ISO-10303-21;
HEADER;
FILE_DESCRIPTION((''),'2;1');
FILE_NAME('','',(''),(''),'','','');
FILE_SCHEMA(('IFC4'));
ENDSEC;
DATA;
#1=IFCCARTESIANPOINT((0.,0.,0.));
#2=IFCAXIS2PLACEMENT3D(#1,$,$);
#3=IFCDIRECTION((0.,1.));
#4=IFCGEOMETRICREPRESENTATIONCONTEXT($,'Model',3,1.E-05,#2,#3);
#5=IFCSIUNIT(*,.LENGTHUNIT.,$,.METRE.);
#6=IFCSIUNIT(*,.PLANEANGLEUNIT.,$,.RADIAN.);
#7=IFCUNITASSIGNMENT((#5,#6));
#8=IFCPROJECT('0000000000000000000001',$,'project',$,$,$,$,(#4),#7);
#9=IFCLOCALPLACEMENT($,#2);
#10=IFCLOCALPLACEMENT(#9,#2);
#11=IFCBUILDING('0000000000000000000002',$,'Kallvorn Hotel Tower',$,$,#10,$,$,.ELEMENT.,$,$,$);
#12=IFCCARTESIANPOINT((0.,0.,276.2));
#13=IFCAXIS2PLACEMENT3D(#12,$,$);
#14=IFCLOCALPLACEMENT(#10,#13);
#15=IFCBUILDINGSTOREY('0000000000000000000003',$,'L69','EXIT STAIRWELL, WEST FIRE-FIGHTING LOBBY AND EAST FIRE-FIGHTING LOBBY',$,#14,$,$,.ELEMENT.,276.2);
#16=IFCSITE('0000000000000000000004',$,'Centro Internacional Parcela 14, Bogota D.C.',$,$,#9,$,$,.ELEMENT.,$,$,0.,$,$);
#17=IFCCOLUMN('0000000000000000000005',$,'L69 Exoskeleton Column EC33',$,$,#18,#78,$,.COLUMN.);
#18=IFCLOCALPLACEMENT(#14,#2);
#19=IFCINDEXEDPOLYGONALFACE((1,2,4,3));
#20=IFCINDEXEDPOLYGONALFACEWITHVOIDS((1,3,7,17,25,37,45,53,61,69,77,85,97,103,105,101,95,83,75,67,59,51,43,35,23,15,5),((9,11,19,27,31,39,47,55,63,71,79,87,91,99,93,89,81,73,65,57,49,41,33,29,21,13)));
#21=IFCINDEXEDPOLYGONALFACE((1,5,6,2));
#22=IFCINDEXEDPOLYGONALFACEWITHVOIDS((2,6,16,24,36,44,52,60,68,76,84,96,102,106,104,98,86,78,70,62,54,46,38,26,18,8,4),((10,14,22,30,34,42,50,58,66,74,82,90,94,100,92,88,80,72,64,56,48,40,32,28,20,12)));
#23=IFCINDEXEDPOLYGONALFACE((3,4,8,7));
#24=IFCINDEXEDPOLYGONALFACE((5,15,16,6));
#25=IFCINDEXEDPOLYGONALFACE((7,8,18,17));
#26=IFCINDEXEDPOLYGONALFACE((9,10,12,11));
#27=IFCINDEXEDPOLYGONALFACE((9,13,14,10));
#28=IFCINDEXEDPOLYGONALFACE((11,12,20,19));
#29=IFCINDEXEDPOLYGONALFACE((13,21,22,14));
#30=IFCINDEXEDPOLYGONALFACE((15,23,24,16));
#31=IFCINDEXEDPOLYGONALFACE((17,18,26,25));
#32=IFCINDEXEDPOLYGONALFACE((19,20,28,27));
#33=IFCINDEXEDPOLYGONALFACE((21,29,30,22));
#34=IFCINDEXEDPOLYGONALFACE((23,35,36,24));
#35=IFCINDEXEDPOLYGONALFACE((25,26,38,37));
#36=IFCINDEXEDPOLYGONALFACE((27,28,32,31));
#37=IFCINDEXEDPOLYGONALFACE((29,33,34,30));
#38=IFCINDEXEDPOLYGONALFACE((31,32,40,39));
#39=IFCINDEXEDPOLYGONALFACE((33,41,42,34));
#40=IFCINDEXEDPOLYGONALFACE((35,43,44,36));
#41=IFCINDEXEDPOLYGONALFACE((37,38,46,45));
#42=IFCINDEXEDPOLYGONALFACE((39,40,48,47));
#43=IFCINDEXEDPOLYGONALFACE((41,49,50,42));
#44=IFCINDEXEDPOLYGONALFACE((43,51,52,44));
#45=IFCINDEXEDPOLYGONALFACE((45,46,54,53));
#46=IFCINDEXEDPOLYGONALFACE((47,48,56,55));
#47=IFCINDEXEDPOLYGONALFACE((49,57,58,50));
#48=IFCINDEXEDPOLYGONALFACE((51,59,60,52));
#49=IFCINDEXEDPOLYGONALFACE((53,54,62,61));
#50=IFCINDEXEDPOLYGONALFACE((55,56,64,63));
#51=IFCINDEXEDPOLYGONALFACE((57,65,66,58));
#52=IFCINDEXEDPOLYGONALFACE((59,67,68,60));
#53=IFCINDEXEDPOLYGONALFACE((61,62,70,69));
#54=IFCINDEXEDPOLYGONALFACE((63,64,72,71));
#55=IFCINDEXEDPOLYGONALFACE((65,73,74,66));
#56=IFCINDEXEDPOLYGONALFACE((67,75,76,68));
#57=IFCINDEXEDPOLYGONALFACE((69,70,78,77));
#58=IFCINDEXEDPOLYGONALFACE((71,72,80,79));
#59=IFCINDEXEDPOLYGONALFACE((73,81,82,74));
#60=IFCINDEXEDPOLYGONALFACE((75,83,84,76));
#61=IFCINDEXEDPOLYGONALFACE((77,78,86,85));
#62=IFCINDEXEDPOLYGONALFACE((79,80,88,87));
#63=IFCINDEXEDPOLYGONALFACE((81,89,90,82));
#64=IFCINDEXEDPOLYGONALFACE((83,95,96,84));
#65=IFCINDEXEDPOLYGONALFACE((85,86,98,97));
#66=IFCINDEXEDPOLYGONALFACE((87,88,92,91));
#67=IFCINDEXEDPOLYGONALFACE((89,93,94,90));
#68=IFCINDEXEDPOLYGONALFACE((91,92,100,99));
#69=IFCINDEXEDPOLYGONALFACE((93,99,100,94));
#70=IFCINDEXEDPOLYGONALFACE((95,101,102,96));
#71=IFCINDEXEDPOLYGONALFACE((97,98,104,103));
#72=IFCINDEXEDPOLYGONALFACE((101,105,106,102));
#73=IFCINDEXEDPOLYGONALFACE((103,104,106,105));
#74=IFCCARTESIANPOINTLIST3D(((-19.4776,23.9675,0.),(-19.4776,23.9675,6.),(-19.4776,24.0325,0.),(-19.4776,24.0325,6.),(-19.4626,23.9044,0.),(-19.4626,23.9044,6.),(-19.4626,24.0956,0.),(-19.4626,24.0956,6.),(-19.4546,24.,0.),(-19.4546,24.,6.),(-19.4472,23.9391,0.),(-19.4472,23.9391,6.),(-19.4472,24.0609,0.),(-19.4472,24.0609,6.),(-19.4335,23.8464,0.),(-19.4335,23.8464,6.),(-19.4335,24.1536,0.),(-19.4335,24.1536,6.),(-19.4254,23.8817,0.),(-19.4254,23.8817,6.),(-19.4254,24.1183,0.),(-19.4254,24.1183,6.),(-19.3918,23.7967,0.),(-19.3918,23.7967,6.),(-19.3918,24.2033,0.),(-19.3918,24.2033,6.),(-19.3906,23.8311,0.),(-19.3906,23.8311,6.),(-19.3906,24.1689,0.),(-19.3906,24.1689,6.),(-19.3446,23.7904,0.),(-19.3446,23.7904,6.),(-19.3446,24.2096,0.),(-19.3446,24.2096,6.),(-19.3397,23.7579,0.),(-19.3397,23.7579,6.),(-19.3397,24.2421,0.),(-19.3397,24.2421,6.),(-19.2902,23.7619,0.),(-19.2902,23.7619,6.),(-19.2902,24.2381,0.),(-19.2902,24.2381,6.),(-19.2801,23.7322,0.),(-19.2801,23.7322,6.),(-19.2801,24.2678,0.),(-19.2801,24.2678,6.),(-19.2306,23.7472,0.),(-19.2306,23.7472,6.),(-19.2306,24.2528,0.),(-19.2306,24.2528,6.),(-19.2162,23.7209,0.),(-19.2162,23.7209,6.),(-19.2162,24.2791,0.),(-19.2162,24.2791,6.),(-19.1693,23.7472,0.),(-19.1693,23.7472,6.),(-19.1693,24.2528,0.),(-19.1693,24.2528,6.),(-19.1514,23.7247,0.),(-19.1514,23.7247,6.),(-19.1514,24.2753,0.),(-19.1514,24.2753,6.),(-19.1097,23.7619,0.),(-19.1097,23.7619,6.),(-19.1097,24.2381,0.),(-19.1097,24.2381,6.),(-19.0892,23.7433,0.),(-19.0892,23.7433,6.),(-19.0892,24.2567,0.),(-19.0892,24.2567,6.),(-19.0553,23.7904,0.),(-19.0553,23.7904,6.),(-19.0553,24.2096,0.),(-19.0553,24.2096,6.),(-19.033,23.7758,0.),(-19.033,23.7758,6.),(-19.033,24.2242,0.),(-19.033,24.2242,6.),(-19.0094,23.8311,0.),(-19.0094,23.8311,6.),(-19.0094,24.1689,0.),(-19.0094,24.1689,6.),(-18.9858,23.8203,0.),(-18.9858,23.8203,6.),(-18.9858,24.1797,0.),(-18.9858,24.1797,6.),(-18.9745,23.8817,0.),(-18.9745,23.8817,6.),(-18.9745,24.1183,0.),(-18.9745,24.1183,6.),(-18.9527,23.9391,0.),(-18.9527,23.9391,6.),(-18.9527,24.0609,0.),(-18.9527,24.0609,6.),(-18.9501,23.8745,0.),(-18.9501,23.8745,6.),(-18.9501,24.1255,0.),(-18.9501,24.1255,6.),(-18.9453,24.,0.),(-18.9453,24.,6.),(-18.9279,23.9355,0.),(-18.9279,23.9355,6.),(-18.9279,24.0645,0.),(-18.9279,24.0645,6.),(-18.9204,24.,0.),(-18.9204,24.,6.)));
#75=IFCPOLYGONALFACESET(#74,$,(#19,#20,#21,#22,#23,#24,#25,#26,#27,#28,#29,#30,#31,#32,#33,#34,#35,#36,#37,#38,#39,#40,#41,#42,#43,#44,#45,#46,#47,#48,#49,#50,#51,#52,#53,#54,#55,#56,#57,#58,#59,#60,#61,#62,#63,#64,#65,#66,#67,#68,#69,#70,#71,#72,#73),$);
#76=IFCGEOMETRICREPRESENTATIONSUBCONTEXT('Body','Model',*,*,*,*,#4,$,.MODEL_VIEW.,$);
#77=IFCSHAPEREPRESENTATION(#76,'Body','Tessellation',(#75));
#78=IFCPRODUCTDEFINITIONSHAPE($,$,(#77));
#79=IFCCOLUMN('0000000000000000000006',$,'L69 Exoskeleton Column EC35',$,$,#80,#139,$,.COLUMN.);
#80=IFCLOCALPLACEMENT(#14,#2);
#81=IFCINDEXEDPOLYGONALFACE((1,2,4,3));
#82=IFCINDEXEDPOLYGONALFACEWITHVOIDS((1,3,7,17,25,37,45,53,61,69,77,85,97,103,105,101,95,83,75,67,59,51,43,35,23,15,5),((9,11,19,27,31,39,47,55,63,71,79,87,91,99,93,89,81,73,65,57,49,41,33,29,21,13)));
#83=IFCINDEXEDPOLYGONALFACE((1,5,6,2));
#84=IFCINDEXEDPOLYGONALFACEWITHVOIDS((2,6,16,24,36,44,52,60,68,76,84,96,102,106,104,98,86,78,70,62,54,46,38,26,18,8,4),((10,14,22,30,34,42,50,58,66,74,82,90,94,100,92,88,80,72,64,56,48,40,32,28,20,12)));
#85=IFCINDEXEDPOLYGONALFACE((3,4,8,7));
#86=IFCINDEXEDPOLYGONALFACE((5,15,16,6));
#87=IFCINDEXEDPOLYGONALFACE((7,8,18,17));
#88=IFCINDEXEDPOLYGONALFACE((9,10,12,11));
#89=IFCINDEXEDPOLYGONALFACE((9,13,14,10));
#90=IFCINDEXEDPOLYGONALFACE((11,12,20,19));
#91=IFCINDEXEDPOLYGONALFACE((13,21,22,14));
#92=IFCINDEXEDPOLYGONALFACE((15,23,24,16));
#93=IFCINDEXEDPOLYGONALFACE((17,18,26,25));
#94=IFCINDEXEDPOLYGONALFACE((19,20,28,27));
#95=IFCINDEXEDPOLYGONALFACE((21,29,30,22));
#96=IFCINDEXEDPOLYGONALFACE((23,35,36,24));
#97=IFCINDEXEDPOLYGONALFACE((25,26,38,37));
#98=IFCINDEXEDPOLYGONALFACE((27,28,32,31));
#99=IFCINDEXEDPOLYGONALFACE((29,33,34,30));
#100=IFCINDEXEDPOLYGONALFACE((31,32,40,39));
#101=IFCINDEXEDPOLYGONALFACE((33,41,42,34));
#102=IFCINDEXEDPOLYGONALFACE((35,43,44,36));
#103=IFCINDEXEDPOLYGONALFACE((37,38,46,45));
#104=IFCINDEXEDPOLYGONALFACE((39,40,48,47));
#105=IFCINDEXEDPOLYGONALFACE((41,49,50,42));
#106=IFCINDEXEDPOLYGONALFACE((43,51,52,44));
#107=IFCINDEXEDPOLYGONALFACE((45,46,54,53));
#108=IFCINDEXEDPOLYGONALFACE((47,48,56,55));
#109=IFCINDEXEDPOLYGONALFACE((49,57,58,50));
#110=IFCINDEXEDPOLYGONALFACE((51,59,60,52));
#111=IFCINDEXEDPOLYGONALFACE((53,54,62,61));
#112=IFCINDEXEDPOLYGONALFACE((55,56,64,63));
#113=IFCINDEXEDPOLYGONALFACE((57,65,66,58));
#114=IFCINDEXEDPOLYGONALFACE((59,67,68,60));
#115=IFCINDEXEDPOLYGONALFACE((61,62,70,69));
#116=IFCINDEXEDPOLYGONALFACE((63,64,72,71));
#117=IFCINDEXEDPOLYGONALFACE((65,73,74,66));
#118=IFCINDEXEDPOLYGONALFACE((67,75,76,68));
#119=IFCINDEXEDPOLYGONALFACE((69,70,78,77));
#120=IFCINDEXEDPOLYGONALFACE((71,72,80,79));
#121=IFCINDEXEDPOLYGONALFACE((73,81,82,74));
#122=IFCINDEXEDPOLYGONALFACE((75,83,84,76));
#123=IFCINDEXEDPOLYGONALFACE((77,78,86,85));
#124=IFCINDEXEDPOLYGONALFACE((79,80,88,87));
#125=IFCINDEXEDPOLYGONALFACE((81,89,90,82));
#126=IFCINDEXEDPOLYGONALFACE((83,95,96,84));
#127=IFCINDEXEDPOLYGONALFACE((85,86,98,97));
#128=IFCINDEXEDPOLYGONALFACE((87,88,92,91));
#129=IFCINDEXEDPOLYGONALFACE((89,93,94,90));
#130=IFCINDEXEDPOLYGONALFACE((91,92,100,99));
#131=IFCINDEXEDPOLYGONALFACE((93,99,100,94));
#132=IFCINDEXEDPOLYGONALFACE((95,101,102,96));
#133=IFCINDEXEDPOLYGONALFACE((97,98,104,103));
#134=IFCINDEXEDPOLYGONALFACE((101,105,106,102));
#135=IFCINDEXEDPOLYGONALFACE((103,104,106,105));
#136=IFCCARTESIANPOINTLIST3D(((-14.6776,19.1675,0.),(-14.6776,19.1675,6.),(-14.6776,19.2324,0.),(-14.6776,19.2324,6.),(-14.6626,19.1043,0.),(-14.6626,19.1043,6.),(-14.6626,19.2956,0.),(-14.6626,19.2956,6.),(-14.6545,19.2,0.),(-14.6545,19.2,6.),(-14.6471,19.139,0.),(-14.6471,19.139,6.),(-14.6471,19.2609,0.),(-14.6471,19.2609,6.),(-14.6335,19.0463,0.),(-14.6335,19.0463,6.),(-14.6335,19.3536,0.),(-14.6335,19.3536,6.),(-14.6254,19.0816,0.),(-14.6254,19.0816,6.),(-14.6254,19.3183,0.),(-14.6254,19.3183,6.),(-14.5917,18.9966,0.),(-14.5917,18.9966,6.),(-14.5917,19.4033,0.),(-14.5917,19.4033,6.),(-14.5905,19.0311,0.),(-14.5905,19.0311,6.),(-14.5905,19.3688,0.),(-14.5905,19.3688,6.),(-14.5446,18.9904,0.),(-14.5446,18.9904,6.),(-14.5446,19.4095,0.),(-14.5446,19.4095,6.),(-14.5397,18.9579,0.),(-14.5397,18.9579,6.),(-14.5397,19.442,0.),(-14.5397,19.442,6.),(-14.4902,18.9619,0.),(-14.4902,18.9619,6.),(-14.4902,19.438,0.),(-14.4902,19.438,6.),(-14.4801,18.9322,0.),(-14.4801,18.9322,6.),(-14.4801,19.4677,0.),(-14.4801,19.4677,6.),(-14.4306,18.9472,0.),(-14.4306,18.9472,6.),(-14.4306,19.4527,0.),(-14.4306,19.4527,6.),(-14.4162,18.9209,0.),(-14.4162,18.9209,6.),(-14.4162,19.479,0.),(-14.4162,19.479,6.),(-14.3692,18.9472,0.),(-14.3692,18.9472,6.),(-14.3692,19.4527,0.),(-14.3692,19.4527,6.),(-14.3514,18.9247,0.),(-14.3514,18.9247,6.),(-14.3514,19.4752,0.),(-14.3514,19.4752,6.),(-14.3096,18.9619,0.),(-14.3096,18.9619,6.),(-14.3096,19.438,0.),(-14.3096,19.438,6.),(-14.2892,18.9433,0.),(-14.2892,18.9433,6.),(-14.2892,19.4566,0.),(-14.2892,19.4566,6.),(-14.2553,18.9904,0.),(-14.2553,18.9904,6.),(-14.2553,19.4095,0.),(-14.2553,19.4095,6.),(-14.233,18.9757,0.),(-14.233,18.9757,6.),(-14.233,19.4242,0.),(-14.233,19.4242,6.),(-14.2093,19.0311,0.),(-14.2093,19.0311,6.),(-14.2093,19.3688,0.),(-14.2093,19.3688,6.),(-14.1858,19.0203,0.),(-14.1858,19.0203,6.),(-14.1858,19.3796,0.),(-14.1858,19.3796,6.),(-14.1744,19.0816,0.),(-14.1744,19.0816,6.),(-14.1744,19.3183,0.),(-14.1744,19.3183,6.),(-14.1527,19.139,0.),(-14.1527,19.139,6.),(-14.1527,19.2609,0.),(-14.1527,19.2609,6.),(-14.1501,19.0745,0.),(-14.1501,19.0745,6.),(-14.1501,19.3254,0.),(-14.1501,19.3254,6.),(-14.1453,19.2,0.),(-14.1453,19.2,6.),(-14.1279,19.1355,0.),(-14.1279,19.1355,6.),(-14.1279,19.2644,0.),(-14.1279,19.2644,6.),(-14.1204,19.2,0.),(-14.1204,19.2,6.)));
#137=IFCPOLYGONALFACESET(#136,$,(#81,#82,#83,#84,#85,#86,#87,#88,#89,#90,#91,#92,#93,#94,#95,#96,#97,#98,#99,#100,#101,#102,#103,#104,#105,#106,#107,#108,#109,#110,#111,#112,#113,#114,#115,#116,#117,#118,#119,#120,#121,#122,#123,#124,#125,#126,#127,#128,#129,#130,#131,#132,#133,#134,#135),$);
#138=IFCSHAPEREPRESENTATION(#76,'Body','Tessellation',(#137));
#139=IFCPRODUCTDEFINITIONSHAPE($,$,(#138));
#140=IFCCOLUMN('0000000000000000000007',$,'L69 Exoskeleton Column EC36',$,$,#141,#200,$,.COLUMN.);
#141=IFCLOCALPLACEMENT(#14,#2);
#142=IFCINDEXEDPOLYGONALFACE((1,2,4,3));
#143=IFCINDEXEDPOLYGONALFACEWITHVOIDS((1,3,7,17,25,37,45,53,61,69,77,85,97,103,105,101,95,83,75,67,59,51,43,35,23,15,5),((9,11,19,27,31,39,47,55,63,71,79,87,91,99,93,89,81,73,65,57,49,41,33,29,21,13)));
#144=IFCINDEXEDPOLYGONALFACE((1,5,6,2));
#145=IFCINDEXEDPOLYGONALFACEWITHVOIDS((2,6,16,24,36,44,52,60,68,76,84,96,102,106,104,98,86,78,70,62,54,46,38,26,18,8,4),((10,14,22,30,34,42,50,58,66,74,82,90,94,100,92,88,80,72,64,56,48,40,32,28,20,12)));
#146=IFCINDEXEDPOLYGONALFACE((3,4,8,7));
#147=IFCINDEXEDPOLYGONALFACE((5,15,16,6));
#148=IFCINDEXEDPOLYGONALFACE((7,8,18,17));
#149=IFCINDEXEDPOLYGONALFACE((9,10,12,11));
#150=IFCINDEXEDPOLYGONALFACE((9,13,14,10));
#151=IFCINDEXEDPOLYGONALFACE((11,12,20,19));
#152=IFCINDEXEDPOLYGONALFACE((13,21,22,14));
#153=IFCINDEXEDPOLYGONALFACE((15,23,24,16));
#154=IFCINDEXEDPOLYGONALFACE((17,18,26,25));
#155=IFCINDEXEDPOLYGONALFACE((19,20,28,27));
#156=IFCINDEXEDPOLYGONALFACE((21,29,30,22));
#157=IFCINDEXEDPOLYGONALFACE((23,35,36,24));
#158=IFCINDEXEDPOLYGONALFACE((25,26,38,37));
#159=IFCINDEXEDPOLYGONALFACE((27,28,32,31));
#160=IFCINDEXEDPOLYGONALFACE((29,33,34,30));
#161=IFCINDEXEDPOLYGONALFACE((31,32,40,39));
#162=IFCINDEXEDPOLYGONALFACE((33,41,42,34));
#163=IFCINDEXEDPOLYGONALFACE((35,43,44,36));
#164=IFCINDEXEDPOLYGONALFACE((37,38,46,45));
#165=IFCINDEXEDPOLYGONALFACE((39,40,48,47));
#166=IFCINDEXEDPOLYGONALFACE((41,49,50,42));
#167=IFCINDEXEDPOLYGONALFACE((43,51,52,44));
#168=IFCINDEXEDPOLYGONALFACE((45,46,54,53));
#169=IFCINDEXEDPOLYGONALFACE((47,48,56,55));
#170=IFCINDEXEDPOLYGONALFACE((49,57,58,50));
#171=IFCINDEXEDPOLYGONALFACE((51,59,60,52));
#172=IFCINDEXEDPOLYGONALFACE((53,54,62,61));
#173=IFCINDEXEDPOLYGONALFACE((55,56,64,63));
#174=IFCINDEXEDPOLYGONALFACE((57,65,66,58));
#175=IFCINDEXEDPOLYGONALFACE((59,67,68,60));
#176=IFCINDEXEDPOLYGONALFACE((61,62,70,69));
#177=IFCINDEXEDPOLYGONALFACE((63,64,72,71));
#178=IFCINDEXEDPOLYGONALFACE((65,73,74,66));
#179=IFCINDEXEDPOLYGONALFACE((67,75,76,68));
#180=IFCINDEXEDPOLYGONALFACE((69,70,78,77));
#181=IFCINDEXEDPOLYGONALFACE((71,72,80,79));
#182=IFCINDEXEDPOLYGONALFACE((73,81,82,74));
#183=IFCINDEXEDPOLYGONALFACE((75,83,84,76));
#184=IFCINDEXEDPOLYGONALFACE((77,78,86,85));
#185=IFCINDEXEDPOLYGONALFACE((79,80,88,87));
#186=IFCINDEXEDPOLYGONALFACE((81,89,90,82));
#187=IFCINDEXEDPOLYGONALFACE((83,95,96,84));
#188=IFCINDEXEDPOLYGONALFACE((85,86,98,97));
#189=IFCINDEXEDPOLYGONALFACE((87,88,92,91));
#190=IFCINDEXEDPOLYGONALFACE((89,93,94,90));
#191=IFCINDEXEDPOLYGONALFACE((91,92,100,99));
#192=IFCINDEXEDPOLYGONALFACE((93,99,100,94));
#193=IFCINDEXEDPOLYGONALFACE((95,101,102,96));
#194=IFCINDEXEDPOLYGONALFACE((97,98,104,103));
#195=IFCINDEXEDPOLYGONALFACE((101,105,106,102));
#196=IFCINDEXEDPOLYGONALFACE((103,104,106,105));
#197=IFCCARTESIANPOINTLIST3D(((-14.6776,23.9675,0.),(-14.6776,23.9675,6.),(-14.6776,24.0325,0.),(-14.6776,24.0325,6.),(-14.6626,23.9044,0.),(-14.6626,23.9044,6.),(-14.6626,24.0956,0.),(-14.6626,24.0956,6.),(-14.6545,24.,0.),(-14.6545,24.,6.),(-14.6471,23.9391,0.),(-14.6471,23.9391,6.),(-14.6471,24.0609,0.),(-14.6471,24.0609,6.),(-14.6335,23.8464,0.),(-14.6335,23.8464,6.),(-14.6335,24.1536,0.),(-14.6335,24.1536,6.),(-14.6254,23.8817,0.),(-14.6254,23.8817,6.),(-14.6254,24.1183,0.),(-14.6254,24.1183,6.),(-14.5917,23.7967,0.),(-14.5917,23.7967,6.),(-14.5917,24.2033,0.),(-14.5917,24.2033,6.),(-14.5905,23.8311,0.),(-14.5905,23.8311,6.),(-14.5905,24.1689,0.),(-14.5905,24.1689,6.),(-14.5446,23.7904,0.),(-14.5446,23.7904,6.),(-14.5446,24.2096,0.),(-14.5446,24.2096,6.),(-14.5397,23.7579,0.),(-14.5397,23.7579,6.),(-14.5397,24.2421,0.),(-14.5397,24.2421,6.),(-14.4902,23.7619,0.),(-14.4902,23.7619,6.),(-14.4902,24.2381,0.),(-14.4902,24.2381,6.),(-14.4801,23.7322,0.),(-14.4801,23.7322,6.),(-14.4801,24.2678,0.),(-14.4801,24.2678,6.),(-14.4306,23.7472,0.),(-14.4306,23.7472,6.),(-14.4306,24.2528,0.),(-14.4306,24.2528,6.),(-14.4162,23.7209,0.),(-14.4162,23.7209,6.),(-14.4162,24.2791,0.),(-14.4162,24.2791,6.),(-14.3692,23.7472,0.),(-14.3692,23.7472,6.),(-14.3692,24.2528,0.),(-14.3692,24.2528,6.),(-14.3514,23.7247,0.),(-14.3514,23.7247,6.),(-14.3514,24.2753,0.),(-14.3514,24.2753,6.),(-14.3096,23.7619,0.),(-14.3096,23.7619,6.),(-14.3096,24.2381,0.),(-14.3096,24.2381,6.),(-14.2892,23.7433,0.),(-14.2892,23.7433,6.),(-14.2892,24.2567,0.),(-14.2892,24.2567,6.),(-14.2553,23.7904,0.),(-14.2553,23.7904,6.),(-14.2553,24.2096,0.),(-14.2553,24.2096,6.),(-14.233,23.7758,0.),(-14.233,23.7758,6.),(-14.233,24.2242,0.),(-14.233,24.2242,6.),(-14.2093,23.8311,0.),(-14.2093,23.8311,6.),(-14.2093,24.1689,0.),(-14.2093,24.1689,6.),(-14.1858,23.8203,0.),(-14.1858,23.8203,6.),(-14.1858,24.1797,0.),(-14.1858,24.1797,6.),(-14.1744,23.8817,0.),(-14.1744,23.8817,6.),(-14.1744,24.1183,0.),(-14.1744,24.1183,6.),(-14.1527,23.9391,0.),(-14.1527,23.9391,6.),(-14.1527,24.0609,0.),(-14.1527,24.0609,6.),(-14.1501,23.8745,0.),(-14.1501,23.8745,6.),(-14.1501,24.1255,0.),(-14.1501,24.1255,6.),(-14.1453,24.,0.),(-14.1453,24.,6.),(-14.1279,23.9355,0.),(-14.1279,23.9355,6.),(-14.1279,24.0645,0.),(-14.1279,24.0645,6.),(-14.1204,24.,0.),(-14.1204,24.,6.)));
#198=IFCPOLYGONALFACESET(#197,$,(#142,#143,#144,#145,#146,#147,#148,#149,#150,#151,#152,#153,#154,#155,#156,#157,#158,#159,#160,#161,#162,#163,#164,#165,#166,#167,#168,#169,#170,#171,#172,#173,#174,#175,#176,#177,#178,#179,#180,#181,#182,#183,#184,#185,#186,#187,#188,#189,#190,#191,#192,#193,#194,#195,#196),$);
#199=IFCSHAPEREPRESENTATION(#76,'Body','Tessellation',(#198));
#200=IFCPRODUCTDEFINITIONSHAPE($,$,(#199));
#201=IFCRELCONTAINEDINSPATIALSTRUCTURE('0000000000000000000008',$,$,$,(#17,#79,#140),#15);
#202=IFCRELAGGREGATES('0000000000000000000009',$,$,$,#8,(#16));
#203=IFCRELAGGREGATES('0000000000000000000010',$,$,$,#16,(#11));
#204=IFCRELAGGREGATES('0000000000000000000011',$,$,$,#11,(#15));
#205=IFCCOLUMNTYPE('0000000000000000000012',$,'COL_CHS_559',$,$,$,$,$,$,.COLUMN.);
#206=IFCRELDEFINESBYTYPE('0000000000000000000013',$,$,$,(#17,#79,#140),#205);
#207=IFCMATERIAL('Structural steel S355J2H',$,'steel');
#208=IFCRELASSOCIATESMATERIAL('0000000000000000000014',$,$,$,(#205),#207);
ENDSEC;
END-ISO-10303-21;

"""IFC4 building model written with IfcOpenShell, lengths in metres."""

from ifc_helpers import new_model, si_unit, direction, frame, origin, origin_2d, place, context, subcontext, project, spatial, hollow_circle, extrude, material, material_profile, profile_set, type_object, element, save


model = new_model("IFC4")

# Units and contexts
model_context = context("Model", 3, precision=1e-05, world=origin(), true_north=direction((0.0, 1.0)))
body_context = subcontext(model_context, "Body", "Model", "MODEL_VIEW")
ifc_project = project(units=[si_unit("LENGTHUNIT", "METRE"), si_unit("PLANEANGLEUNIT", "RADIAN")], contexts=[model_context])

# Site, building, storey
site_placement = place(None, origin())
site = spatial("IfcSite", under=ifc_project, at=site_placement, Name="Centro Internacional Parcela 14, Bogota D.C.", CompositionType="ELEMENT", RefElevation=0.0)
building_placement = place(site_placement, origin())
building = spatial("IfcBuilding", under=site, at=building_placement, Name="Kallvorn Hotel Tower", CompositionType="ELEMENT")
storey_placement = place(building_placement, frame((0.0, 0.0, 276.2)))
storey = spatial("IfcBuildingStorey", under=building, at=storey_placement, Name="L69", Description="EXIT STAIRWELL, WEST FIRE-FIGHTING LOBBY AND EAST FIRE-FIGHTING LOBBY", CompositionType="ELEMENT", Elevation=276.2)

# Columns
ifc_material_1 = material(Name="Structural steel S355J2H", Category="steel")
ifc_material_profile_1 = material_profile(ifc_material_1, hollow_circle(Radius=0.2795, WallThickness=0.0249, at=origin_2d()), Name="CHS 559x25")
ifc_profile_set_1 = profile_set([ifc_material_profile_1], Name="Structural steel S355J2H")
column_type_1 = type_object("IfcColumnType", Name="COL_CHS_559", PredefinedType="COLUMN", material=ifc_profile_set_1)
for number, where, z_axis, x_axis, name in (
    (1, (-19.2, 24.0, 0.0), (0.0, 0.0, 1.0), (1.0, 0.0, 0.0), "L69 Exoskeleton Column EC33"),
    (2, (-14.3999, 19.2, 0.0), (0.0, 0.0, 1.0), (1.0, 0.0, 0.0), "L69 Exoskeleton Column EC35"),
    (3, (-14.3999, 24.0, 0.0), (0.0, 0.0, 1.0), (1.0, 0.0, 0.0), "L69 Exoskeleton Column EC36"),
):
    element("IfcColumn", number, at=place(storey_placement, frame(where, z_axis=z_axis, x_axis=x_axis)), inside=storey, type_object=column_type_1, Name=name, PredefinedType="COLUMN", context=body_context, shape_type="SweptSolid", body=[
        extrude(hollow_circle(Radius=0.2795, WallThickness=0.0249, at=origin_2d()), origin(), (0.0, 0.0, 1.0), 6.0),
    ])

save(model, "model.ifc")
